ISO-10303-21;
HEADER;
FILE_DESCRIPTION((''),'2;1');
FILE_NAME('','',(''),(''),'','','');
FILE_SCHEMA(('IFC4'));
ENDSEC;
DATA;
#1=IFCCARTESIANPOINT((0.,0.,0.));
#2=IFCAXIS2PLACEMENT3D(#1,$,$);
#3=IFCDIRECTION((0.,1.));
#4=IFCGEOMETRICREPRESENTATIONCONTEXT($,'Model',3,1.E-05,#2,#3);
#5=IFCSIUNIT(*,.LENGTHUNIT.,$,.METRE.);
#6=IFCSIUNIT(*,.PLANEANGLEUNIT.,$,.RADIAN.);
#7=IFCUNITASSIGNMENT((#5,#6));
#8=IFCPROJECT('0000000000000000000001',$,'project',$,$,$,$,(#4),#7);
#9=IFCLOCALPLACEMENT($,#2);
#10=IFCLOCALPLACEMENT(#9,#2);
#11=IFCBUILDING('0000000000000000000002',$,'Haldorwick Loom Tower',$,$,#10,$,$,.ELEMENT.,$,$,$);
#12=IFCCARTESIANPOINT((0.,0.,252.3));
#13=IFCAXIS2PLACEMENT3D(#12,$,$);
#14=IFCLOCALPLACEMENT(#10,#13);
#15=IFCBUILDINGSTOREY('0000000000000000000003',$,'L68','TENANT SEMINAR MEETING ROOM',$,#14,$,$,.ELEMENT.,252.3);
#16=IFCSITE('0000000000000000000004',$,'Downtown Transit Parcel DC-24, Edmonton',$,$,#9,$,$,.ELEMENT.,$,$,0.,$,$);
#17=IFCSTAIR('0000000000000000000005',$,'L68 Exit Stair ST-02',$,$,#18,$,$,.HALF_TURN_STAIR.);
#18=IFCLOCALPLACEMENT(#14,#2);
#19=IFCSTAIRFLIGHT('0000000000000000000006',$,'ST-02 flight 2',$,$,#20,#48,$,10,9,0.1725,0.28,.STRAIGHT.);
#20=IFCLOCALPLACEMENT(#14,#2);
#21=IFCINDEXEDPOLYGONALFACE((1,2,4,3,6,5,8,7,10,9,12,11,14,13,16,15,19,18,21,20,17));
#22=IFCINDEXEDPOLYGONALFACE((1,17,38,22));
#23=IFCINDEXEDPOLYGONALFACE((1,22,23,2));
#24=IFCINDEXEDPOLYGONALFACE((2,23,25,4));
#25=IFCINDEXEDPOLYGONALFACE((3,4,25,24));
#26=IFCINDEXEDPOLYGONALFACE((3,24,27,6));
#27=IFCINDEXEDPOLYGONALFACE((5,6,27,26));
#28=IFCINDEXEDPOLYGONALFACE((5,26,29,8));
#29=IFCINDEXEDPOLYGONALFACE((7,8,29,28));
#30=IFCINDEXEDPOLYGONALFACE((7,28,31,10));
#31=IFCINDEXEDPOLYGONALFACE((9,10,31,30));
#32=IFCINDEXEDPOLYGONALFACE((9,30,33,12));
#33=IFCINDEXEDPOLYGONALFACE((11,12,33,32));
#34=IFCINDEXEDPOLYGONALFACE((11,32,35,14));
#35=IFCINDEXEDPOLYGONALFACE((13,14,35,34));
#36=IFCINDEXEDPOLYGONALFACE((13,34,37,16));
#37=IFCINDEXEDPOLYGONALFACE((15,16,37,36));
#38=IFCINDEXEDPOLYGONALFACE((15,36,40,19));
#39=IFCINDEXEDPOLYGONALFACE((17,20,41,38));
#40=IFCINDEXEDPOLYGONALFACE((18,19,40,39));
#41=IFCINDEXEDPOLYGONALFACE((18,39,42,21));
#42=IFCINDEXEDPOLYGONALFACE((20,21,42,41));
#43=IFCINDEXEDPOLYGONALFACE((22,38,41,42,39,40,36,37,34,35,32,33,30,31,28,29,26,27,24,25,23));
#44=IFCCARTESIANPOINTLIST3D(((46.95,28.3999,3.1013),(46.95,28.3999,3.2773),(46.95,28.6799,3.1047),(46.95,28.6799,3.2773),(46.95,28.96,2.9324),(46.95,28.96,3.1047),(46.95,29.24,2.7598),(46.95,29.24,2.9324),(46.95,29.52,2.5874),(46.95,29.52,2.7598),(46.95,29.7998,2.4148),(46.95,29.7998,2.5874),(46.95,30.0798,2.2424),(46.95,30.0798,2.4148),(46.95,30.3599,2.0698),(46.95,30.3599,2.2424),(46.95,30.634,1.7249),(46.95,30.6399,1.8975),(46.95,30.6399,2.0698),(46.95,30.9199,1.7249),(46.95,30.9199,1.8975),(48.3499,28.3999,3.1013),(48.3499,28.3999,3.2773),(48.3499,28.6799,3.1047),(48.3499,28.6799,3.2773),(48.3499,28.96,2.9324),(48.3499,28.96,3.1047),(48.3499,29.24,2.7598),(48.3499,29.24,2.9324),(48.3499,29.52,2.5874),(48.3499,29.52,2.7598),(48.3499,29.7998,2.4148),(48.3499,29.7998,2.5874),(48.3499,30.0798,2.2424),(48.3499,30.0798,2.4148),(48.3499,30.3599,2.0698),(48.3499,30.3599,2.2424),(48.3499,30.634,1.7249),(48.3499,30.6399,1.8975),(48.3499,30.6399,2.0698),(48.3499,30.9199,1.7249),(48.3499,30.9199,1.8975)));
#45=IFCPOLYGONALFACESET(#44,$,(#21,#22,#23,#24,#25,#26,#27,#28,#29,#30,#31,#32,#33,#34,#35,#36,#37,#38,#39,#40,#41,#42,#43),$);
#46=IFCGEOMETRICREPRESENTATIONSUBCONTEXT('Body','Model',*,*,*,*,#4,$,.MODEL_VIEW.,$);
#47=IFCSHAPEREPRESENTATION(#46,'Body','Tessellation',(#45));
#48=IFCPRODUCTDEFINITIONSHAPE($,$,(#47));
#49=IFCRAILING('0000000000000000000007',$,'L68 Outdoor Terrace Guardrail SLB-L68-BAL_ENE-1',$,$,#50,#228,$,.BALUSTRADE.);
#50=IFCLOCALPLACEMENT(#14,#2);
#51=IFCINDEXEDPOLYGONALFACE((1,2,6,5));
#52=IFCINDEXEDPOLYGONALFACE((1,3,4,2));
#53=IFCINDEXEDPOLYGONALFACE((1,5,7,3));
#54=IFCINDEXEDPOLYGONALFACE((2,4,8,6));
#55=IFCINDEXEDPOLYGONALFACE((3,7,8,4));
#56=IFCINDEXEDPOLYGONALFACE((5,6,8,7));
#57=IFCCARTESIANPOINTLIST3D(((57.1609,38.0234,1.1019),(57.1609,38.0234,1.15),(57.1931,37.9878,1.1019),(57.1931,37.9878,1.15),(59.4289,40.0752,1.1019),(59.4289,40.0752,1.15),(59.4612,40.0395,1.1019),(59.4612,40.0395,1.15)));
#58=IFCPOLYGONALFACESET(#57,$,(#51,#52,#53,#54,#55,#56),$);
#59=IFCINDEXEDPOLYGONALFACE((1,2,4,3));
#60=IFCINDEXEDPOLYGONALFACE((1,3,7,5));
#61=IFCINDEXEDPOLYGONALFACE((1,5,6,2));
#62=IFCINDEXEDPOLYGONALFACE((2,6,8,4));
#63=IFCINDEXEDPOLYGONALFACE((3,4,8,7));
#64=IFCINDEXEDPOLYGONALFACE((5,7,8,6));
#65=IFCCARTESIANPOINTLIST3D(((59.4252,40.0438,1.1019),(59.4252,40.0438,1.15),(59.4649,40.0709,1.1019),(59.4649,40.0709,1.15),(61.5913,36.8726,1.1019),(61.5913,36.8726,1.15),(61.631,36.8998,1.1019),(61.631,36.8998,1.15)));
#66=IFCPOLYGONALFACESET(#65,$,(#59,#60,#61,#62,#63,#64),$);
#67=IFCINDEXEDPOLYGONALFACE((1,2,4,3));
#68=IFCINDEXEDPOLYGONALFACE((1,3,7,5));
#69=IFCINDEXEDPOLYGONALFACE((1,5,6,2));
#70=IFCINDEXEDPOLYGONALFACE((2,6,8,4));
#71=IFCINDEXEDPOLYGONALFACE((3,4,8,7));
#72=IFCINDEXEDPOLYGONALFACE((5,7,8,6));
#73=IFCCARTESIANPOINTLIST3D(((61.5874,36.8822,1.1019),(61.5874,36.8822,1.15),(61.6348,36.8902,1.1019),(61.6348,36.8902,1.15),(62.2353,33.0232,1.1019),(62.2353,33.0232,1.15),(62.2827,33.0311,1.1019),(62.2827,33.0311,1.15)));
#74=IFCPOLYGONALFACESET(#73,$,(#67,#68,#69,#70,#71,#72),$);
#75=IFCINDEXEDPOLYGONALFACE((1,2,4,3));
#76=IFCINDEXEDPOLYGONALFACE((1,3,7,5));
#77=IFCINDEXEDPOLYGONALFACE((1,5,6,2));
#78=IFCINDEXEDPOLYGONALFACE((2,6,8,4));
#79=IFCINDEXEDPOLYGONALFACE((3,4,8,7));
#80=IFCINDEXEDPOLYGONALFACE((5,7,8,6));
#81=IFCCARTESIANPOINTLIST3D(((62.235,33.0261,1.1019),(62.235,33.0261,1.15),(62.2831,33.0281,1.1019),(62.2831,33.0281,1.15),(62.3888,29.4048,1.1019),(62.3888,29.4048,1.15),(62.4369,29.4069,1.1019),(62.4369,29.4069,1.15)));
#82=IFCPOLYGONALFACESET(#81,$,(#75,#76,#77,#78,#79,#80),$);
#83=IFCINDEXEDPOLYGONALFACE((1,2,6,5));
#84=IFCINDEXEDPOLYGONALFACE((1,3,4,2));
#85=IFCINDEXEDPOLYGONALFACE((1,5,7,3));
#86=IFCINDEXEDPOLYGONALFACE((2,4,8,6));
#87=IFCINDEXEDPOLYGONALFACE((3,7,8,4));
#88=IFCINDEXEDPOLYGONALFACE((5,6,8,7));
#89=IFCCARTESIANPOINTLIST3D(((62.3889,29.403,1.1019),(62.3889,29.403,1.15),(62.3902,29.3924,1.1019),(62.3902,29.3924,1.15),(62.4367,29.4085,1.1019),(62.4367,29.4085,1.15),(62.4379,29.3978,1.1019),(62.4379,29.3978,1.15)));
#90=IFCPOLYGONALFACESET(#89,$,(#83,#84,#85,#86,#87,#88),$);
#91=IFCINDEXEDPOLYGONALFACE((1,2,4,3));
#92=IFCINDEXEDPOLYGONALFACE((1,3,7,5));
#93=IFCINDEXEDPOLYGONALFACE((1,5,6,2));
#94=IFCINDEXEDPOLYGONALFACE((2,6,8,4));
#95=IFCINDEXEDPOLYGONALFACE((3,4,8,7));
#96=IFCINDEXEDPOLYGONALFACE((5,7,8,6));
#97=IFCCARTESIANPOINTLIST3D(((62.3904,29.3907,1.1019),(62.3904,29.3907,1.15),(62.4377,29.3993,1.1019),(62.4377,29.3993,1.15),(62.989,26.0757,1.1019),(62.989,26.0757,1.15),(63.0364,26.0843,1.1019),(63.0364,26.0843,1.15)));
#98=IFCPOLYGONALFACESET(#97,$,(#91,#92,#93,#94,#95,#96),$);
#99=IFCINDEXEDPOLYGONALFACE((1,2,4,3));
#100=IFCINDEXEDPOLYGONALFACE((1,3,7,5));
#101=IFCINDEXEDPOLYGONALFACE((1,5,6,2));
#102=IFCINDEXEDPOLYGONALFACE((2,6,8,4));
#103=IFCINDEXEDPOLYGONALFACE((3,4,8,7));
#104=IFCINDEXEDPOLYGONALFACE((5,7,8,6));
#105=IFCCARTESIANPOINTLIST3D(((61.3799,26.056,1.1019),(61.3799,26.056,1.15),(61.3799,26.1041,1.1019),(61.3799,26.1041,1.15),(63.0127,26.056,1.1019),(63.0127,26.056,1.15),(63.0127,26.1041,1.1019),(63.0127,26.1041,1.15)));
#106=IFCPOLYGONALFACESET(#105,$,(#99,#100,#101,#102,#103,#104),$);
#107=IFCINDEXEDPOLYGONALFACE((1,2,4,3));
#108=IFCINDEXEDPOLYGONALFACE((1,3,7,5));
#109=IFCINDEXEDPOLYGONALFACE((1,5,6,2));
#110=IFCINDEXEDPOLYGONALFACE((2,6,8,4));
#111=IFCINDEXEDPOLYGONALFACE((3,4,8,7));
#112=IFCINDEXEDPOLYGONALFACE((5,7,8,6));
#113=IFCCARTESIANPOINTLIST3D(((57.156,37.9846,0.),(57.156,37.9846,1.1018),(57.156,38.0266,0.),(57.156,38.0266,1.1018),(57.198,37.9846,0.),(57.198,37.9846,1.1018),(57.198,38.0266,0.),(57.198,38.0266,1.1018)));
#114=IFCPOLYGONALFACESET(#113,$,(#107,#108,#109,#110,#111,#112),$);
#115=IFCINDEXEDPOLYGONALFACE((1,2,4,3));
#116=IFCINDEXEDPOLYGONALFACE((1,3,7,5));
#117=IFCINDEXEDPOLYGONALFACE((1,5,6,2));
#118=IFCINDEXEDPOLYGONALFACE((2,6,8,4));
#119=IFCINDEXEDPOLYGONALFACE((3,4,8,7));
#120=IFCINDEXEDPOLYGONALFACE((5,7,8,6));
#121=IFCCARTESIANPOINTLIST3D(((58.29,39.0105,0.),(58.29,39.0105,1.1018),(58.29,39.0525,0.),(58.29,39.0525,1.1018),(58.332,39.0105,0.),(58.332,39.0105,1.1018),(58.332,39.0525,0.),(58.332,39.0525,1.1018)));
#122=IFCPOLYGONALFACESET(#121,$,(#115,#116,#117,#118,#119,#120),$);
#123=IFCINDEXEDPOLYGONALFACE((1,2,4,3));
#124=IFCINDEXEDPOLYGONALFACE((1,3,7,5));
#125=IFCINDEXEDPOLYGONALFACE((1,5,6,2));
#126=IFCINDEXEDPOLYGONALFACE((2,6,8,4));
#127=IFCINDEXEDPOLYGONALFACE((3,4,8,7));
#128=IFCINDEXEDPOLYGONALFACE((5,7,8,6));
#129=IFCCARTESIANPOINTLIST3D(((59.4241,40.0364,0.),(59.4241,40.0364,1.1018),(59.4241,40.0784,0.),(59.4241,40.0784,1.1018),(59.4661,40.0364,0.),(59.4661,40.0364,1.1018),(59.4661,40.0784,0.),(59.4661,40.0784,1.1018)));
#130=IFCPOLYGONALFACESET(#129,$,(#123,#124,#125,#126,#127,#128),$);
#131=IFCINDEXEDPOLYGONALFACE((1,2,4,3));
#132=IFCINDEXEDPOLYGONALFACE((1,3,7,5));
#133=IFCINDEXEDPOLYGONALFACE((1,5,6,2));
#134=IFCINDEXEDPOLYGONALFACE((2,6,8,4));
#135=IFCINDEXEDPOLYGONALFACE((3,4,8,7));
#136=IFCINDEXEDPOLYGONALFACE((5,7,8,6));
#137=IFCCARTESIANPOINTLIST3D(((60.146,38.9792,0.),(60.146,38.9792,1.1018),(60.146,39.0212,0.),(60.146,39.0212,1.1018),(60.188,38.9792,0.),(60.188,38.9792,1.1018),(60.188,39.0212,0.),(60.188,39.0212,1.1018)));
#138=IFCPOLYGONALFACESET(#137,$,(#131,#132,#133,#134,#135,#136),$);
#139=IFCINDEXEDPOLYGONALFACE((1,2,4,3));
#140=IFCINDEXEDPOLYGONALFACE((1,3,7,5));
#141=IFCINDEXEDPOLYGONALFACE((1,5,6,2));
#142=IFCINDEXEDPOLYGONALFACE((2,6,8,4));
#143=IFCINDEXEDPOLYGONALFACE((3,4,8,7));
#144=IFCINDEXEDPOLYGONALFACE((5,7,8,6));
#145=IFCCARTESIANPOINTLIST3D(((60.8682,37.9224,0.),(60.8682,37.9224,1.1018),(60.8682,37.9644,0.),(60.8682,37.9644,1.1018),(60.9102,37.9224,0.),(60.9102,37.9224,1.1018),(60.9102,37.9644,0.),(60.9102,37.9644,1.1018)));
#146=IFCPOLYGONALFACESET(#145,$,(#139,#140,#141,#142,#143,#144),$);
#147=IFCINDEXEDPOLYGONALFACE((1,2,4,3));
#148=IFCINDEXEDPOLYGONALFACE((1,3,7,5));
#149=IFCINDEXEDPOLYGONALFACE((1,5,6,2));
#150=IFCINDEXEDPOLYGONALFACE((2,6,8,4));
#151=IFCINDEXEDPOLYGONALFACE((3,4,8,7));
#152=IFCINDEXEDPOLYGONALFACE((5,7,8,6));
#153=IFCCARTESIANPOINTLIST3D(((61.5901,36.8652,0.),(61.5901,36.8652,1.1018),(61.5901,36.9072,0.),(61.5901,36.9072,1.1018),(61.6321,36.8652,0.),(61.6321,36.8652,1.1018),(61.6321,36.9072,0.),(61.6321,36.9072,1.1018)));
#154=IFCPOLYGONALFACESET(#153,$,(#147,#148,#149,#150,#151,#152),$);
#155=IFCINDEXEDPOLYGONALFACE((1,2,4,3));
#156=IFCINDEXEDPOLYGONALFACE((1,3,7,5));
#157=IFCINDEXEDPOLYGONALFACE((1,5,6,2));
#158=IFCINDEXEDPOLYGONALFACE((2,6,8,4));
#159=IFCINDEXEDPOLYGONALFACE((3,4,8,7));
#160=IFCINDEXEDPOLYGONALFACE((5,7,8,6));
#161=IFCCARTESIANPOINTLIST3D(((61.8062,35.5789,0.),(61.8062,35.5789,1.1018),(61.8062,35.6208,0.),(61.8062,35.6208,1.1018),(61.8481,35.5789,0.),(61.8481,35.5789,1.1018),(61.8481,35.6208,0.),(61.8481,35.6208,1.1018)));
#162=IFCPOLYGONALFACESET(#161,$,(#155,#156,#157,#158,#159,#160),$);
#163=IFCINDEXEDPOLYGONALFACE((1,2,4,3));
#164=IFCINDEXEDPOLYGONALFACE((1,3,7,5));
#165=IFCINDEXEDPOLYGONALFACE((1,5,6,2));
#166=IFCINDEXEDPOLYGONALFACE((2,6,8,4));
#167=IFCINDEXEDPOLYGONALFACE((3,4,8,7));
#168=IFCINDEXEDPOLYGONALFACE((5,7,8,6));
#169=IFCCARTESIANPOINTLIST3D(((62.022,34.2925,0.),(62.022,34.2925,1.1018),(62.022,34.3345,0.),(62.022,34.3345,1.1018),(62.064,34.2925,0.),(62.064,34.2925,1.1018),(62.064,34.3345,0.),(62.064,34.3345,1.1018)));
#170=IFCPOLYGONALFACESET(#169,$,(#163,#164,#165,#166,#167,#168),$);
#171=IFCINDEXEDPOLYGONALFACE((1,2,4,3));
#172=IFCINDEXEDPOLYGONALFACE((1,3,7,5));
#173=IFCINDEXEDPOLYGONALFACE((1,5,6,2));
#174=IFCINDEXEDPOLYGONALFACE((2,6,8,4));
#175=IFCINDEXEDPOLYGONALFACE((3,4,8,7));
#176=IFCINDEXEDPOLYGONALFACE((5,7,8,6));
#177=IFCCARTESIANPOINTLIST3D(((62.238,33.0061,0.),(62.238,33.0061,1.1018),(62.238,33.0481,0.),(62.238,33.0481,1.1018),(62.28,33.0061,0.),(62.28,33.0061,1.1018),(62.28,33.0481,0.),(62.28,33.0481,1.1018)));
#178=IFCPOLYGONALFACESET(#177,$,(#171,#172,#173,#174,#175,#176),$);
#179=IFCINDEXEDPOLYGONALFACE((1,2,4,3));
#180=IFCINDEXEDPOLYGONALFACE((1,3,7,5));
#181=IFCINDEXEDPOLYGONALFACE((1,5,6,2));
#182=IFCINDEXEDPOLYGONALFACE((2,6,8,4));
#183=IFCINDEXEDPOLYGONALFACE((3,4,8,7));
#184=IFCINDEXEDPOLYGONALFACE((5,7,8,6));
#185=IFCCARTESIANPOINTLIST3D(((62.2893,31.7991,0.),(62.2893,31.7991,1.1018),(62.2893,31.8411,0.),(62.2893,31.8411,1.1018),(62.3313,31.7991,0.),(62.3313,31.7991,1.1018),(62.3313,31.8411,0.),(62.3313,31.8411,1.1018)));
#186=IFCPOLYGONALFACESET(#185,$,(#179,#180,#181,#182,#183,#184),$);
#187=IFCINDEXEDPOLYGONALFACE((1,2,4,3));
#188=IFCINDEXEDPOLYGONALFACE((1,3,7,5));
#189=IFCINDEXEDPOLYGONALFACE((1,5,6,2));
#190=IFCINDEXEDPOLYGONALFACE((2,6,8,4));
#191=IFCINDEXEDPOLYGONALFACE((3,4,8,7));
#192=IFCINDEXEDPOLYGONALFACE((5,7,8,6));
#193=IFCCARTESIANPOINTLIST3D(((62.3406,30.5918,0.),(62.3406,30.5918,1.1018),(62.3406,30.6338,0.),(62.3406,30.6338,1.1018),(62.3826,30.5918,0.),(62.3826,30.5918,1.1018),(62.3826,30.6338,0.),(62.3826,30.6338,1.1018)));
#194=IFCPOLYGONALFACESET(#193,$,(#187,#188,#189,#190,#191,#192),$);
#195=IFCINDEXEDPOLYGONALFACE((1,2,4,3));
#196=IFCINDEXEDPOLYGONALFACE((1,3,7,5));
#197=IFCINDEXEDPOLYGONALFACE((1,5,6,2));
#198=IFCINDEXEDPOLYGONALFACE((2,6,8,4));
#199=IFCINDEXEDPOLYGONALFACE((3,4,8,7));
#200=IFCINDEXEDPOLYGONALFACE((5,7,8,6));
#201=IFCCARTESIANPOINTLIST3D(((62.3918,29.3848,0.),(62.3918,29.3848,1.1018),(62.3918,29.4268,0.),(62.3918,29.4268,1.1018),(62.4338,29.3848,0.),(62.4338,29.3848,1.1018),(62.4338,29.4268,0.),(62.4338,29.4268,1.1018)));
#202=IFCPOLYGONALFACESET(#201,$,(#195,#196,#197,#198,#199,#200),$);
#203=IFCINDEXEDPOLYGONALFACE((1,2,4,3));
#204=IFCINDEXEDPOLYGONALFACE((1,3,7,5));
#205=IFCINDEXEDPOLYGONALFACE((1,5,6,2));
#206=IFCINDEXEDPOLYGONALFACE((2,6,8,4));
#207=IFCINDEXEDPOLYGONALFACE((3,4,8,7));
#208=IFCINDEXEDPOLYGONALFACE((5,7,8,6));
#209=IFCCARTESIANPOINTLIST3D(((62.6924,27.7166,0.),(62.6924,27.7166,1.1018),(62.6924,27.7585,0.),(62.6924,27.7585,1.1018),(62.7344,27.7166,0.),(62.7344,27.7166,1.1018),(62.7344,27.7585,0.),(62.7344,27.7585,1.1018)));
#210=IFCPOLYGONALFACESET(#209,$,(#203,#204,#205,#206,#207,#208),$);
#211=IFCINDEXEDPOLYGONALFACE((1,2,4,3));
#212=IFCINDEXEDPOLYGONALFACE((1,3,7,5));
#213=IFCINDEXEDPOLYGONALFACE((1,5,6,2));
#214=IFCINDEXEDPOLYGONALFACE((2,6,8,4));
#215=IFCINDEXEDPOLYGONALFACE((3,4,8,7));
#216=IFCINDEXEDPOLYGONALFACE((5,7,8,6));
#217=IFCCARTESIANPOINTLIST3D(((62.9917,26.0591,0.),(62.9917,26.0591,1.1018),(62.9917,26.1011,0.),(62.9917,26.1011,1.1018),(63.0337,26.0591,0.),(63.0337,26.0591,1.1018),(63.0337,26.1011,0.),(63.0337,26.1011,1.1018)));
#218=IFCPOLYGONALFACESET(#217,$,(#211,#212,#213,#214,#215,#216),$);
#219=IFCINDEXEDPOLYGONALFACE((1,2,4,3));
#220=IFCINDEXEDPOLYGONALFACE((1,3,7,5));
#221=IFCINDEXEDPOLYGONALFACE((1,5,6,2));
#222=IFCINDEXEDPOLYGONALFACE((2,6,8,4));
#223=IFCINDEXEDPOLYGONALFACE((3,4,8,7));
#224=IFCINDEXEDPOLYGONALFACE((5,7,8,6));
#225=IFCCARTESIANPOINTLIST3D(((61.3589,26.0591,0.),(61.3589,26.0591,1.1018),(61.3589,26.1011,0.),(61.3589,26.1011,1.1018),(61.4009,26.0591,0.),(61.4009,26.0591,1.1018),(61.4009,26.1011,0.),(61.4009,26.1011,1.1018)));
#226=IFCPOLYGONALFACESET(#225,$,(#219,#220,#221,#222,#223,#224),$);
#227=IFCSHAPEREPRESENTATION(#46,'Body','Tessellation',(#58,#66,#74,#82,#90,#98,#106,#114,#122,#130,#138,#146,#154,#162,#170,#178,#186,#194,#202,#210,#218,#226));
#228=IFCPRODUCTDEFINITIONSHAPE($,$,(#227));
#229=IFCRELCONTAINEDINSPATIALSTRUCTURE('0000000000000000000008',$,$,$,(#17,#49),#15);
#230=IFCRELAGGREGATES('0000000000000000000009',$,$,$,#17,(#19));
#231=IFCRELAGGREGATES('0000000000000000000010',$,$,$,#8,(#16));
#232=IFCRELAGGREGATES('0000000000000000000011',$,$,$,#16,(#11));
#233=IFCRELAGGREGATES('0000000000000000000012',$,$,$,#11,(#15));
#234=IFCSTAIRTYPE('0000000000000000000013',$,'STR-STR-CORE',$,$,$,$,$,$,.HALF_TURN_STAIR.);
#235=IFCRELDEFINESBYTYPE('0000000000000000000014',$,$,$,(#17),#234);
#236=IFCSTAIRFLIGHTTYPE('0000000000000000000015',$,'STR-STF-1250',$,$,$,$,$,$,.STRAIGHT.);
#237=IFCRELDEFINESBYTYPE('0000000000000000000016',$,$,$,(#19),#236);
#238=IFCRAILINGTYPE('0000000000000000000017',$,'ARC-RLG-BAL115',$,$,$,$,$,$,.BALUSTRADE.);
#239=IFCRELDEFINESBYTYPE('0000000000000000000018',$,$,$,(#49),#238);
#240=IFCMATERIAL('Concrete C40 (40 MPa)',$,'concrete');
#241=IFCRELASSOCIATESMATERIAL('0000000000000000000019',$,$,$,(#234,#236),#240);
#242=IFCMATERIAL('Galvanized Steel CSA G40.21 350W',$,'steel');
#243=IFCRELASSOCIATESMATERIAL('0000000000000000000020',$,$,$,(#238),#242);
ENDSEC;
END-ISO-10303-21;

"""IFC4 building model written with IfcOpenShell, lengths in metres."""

from ifc_helpers import new_model, si_unit, direction, frame, origin, origin_2d, place, context, subcontext, project, spatial, polyline, rectangle, outline, extrude, material, type_object, element, aggregate, save


model = new_model("IFC4")

# Units and contexts
model_context = context("Model", 3, precision=1e-05, world=origin(), true_north=direction((0.0, 1.0)))
body_context = subcontext(model_context, "Body", "Model", "MODEL_VIEW")
ifc_project = project(units=[si_unit("LENGTHUNIT", "METRE"), si_unit("PLANEANGLEUNIT", "RADIAN")], contexts=[model_context])

# Site, building, storey
site_placement = place(None, origin())
site = spatial("IfcSite", under=ifc_project, at=site_placement, Name="Downtown Transit Parcel DC-24, Edmonton", CompositionType="ELEMENT", RefElevation=0.0)
building_placement = place(site_placement, origin())
building = spatial("IfcBuilding", under=site, at=building_placement, Name="Haldorwick Loom Tower", CompositionType="ELEMENT")
storey_placement = place(building_placement, frame((0.0, 0.0, 252.3)))
storey = spatial("IfcBuildingStorey", under=building, at=storey_placement, Name="L68", Description="TENANT SEMINAR MEETING ROOM", CompositionType="ELEMENT", Elevation=252.3)

# Stair, stair flight
ifc_material_1 = material(Name="Concrete C40 (40 MPa)", Category="concrete")
stair_type = type_object("IfcStairType", Name="STR-STR-CORE", PredefinedType="HALF_TURN_STAIR", material=ifc_material_1)
stair_placement = place(storey_placement, origin())
stair = element("IfcStair", 1, at=stair_placement, inside=storey, type_object=stair_type, Name="L68 Exit Stair ST-02", PredefinedType="HALF_TURN_STAIR")
stair_flight_type = type_object("IfcStairFlightType", Name="STR-STF-1250", PredefinedType="STRAIGHT", material=ifc_material_1)
stair_flight_1_placement = place(storey_placement, frame((47.6499, 30.9199, 1.7249), z_axis=(0.0, 0.0, 1.0), x_axis=(0.0, -1.0, 0.0)))
stair_flight_1 = element("IfcStairFlight", 2, at=stair_flight_1_placement, type_object=stair_flight_type, Name="ST-02 flight 2", NumberOfRisers=10, NumberOfTreads=9, PredefinedType="STRAIGHT", RiserHeight=0.1725, TreadLength=0.28, context=body_context, shape_type="SweptSolid", body=[
    extrude(outline(polyline([(0.0, 0.0), (0.0, 0.1726), (0.28, 0.1726), (0.28, 0.345), (0.5601, 0.345), (0.5601, 0.5176), (0.8401, 0.5176), (0.8401, 0.6899), (1.1201, 0.6899), (1.1201, 0.8625), (1.3999, 0.8625), (1.3999, 1.0349), (1.6799, 1.0349), (1.6799, 1.2075), (1.96, 1.2075), (1.96, 1.3799), (2.24, 1.3799), (2.24, 1.5525), (2.52, 1.5525), (2.52, 1.7251), (2.52, 1.3765), (0.2859, 0.0), (0.0, 0.0)])), frame((0.0, 0.7, 0.0), z_axis=(0.0, -1.0, 0.0), x_axis=(1.0, 0.0, 0.0)), (0.0, 0.0, 1.0), 1.3999),
])
aggregate(stair, [stair_flight_1])

# Railing
ifc_material_2 = material(Name="Galvanized Steel CSA G40.21 350W", Category="steel")
railing_type_1 = type_object("IfcRailingType", Name="ARC-RLG-BAL115", PredefinedType="BALUSTRADE", material=ifc_material_2)
railing_1_placement = place(storey_placement, frame((57.177, 38.0056, 0.0)))
element("IfcRailing", 3, at=railing_1_placement, inside=storey, type_object=railing_type_1, Name="L68 Outdoor Terrace Guardrail SLB-L68-BAL_ENE-1", PredefinedType="BALUSTRADE", context=body_context, shape_type="SweptSolid", body=[
    extrude(rectangle(XDim=0.0481, YDim=0.0481, at=origin_2d()), frame((0.0, 0.0, 1.126), z_axis=(0.741585, 0.670859, 0.0), x_axis=(-0.670859, 0.741585, 0.0)), (0.0, 0.0, 1.0), 3.0583),
    extrude(rectangle(XDim=0.0481, YDim=0.0481, at=origin_2d()), frame((2.2681, 2.0518, 1.126), z_axis=(0.564025, -0.825758, 0.0), x_axis=(0.825758, 0.564025, 0.0)), (0.0, 0.0, 1.0), 3.8403),
    extrude(rectangle(XDim=0.0481, YDim=0.0481, at=origin_2d()), frame((4.4341, -1.1194, 1.126), z_axis=(0.165583, -0.986196, 0.0), x_axis=(0.986196, 0.165583, 0.0)), (0.0, 0.0, 1.0), 3.9131),
    extrude(rectangle(XDim=0.0481, YDim=0.0481, at=origin_2d()), frame((5.082, -4.9785, 1.126), z_axis=(0.042435, -0.999099, 0.0), x_axis=(0.999099, 0.042435, 0.0)), (0.0, 0.0, 1.0), 3.6245),
    extrude(rectangle(XDim=0.0481, YDim=0.0481, at=origin_2d()), frame((5.2358, -8.5999, 1.126), z_axis=(0.11291, -0.993605, 0.0), x_axis=(0.993605, 0.11291, 0.0)), (0.0, 0.0, 1.0), 0.0107),
    extrude(rectangle(XDim=0.0481, YDim=0.0481, at=origin_2d()), frame((5.2371, -8.6106, 1.126), z_axis=(0.177712, -0.984083, 0.0), x_axis=(0.984083, 0.177712, 0.0)), (0.0, 0.0, 1.0), 3.3687),
    extrude(rectangle(XDim=0.0481, YDim=0.0481, at=origin_2d()), frame((5.8357, -11.9255, 1.126), z_axis=(-1.0, 0.0, 0.0), x_axis=(0.0, -1.0, 0.0)), (0.0, 0.0, 1.0), 1.6328),
    extrude(rectangle(XDim=0.042, YDim=0.042, at=origin_2d()), origin(), (0.0, 0.0, 1.0), 1.1018),
    extrude(rectangle(XDim=0.042, YDim=0.042, at=origin_2d()), frame((1.134, 1.0259, 0.0)), (0.0, 0.0, 1.0), 1.1018),
    extrude(rectangle(XDim=0.042, YDim=0.042, at=origin_2d()), frame((2.2681, 2.0518, 0.0)), (0.0, 0.0, 1.0), 1.1018),
    extrude(rectangle(XDim=0.042, YDim=0.042, at=origin_2d()), frame((2.99, 0.9946, 0.0)), (0.0, 0.0, 1.0), 1.1018),
    extrude(rectangle(XDim=0.042, YDim=0.042, at=origin_2d()), frame((3.7122, -0.0623, 0.0)), (0.0, 0.0, 1.0), 1.1018),
    extrude(rectangle(XDim=0.042, YDim=0.042, at=origin_2d()), frame((4.4341, -1.1194, 0.0)), (0.0, 0.0, 1.0), 1.1018),
    extrude(rectangle(XDim=0.042, YDim=0.042, at=origin_2d()), frame((4.6501, -2.4058, 0.0)), (0.0, 0.0, 1.0), 1.1018),
    extrude(rectangle(XDim=0.042, YDim=0.042, at=origin_2d()), frame((4.866, -3.6921, 0.0)), (0.0, 0.0, 1.0), 1.1018),
    extrude(rectangle(XDim=0.042, YDim=0.042, at=origin_2d()), frame((5.082, -4.9785, 0.0)), (0.0, 0.0, 1.0), 1.1018),
    extrude(rectangle(XDim=0.042, YDim=0.042, at=origin_2d()), frame((5.1333, -6.1855, 0.0)), (0.0, 0.0, 1.0), 1.1018),
    extrude(rectangle(XDim=0.042, YDim=0.042, at=origin_2d()), frame((5.1846, -7.3928, 0.0)), (0.0, 0.0, 1.0), 1.1018),
    extrude(rectangle(XDim=0.042, YDim=0.042, at=origin_2d()), frame((5.2358, -8.5999, 0.0)), (0.0, 0.0, 1.0), 1.1018),
    extrude(rectangle(XDim=0.042, YDim=0.042, at=origin_2d()), frame((5.5364, -10.2681, 0.0)), (0.0, 0.0, 1.0), 1.1018),
    extrude(rectangle(XDim=0.042, YDim=0.042, at=origin_2d()), frame((5.8357, -11.9255, 0.0)), (0.0, 0.0, 1.0), 1.1018),
    extrude(rectangle(XDim=0.042, YDim=0.042, at=origin_2d()), frame((4.2029, -11.9255, 0.0)), (0.0, 0.0, 1.0), 1.1018),
])

save(model, "model.ifc")
